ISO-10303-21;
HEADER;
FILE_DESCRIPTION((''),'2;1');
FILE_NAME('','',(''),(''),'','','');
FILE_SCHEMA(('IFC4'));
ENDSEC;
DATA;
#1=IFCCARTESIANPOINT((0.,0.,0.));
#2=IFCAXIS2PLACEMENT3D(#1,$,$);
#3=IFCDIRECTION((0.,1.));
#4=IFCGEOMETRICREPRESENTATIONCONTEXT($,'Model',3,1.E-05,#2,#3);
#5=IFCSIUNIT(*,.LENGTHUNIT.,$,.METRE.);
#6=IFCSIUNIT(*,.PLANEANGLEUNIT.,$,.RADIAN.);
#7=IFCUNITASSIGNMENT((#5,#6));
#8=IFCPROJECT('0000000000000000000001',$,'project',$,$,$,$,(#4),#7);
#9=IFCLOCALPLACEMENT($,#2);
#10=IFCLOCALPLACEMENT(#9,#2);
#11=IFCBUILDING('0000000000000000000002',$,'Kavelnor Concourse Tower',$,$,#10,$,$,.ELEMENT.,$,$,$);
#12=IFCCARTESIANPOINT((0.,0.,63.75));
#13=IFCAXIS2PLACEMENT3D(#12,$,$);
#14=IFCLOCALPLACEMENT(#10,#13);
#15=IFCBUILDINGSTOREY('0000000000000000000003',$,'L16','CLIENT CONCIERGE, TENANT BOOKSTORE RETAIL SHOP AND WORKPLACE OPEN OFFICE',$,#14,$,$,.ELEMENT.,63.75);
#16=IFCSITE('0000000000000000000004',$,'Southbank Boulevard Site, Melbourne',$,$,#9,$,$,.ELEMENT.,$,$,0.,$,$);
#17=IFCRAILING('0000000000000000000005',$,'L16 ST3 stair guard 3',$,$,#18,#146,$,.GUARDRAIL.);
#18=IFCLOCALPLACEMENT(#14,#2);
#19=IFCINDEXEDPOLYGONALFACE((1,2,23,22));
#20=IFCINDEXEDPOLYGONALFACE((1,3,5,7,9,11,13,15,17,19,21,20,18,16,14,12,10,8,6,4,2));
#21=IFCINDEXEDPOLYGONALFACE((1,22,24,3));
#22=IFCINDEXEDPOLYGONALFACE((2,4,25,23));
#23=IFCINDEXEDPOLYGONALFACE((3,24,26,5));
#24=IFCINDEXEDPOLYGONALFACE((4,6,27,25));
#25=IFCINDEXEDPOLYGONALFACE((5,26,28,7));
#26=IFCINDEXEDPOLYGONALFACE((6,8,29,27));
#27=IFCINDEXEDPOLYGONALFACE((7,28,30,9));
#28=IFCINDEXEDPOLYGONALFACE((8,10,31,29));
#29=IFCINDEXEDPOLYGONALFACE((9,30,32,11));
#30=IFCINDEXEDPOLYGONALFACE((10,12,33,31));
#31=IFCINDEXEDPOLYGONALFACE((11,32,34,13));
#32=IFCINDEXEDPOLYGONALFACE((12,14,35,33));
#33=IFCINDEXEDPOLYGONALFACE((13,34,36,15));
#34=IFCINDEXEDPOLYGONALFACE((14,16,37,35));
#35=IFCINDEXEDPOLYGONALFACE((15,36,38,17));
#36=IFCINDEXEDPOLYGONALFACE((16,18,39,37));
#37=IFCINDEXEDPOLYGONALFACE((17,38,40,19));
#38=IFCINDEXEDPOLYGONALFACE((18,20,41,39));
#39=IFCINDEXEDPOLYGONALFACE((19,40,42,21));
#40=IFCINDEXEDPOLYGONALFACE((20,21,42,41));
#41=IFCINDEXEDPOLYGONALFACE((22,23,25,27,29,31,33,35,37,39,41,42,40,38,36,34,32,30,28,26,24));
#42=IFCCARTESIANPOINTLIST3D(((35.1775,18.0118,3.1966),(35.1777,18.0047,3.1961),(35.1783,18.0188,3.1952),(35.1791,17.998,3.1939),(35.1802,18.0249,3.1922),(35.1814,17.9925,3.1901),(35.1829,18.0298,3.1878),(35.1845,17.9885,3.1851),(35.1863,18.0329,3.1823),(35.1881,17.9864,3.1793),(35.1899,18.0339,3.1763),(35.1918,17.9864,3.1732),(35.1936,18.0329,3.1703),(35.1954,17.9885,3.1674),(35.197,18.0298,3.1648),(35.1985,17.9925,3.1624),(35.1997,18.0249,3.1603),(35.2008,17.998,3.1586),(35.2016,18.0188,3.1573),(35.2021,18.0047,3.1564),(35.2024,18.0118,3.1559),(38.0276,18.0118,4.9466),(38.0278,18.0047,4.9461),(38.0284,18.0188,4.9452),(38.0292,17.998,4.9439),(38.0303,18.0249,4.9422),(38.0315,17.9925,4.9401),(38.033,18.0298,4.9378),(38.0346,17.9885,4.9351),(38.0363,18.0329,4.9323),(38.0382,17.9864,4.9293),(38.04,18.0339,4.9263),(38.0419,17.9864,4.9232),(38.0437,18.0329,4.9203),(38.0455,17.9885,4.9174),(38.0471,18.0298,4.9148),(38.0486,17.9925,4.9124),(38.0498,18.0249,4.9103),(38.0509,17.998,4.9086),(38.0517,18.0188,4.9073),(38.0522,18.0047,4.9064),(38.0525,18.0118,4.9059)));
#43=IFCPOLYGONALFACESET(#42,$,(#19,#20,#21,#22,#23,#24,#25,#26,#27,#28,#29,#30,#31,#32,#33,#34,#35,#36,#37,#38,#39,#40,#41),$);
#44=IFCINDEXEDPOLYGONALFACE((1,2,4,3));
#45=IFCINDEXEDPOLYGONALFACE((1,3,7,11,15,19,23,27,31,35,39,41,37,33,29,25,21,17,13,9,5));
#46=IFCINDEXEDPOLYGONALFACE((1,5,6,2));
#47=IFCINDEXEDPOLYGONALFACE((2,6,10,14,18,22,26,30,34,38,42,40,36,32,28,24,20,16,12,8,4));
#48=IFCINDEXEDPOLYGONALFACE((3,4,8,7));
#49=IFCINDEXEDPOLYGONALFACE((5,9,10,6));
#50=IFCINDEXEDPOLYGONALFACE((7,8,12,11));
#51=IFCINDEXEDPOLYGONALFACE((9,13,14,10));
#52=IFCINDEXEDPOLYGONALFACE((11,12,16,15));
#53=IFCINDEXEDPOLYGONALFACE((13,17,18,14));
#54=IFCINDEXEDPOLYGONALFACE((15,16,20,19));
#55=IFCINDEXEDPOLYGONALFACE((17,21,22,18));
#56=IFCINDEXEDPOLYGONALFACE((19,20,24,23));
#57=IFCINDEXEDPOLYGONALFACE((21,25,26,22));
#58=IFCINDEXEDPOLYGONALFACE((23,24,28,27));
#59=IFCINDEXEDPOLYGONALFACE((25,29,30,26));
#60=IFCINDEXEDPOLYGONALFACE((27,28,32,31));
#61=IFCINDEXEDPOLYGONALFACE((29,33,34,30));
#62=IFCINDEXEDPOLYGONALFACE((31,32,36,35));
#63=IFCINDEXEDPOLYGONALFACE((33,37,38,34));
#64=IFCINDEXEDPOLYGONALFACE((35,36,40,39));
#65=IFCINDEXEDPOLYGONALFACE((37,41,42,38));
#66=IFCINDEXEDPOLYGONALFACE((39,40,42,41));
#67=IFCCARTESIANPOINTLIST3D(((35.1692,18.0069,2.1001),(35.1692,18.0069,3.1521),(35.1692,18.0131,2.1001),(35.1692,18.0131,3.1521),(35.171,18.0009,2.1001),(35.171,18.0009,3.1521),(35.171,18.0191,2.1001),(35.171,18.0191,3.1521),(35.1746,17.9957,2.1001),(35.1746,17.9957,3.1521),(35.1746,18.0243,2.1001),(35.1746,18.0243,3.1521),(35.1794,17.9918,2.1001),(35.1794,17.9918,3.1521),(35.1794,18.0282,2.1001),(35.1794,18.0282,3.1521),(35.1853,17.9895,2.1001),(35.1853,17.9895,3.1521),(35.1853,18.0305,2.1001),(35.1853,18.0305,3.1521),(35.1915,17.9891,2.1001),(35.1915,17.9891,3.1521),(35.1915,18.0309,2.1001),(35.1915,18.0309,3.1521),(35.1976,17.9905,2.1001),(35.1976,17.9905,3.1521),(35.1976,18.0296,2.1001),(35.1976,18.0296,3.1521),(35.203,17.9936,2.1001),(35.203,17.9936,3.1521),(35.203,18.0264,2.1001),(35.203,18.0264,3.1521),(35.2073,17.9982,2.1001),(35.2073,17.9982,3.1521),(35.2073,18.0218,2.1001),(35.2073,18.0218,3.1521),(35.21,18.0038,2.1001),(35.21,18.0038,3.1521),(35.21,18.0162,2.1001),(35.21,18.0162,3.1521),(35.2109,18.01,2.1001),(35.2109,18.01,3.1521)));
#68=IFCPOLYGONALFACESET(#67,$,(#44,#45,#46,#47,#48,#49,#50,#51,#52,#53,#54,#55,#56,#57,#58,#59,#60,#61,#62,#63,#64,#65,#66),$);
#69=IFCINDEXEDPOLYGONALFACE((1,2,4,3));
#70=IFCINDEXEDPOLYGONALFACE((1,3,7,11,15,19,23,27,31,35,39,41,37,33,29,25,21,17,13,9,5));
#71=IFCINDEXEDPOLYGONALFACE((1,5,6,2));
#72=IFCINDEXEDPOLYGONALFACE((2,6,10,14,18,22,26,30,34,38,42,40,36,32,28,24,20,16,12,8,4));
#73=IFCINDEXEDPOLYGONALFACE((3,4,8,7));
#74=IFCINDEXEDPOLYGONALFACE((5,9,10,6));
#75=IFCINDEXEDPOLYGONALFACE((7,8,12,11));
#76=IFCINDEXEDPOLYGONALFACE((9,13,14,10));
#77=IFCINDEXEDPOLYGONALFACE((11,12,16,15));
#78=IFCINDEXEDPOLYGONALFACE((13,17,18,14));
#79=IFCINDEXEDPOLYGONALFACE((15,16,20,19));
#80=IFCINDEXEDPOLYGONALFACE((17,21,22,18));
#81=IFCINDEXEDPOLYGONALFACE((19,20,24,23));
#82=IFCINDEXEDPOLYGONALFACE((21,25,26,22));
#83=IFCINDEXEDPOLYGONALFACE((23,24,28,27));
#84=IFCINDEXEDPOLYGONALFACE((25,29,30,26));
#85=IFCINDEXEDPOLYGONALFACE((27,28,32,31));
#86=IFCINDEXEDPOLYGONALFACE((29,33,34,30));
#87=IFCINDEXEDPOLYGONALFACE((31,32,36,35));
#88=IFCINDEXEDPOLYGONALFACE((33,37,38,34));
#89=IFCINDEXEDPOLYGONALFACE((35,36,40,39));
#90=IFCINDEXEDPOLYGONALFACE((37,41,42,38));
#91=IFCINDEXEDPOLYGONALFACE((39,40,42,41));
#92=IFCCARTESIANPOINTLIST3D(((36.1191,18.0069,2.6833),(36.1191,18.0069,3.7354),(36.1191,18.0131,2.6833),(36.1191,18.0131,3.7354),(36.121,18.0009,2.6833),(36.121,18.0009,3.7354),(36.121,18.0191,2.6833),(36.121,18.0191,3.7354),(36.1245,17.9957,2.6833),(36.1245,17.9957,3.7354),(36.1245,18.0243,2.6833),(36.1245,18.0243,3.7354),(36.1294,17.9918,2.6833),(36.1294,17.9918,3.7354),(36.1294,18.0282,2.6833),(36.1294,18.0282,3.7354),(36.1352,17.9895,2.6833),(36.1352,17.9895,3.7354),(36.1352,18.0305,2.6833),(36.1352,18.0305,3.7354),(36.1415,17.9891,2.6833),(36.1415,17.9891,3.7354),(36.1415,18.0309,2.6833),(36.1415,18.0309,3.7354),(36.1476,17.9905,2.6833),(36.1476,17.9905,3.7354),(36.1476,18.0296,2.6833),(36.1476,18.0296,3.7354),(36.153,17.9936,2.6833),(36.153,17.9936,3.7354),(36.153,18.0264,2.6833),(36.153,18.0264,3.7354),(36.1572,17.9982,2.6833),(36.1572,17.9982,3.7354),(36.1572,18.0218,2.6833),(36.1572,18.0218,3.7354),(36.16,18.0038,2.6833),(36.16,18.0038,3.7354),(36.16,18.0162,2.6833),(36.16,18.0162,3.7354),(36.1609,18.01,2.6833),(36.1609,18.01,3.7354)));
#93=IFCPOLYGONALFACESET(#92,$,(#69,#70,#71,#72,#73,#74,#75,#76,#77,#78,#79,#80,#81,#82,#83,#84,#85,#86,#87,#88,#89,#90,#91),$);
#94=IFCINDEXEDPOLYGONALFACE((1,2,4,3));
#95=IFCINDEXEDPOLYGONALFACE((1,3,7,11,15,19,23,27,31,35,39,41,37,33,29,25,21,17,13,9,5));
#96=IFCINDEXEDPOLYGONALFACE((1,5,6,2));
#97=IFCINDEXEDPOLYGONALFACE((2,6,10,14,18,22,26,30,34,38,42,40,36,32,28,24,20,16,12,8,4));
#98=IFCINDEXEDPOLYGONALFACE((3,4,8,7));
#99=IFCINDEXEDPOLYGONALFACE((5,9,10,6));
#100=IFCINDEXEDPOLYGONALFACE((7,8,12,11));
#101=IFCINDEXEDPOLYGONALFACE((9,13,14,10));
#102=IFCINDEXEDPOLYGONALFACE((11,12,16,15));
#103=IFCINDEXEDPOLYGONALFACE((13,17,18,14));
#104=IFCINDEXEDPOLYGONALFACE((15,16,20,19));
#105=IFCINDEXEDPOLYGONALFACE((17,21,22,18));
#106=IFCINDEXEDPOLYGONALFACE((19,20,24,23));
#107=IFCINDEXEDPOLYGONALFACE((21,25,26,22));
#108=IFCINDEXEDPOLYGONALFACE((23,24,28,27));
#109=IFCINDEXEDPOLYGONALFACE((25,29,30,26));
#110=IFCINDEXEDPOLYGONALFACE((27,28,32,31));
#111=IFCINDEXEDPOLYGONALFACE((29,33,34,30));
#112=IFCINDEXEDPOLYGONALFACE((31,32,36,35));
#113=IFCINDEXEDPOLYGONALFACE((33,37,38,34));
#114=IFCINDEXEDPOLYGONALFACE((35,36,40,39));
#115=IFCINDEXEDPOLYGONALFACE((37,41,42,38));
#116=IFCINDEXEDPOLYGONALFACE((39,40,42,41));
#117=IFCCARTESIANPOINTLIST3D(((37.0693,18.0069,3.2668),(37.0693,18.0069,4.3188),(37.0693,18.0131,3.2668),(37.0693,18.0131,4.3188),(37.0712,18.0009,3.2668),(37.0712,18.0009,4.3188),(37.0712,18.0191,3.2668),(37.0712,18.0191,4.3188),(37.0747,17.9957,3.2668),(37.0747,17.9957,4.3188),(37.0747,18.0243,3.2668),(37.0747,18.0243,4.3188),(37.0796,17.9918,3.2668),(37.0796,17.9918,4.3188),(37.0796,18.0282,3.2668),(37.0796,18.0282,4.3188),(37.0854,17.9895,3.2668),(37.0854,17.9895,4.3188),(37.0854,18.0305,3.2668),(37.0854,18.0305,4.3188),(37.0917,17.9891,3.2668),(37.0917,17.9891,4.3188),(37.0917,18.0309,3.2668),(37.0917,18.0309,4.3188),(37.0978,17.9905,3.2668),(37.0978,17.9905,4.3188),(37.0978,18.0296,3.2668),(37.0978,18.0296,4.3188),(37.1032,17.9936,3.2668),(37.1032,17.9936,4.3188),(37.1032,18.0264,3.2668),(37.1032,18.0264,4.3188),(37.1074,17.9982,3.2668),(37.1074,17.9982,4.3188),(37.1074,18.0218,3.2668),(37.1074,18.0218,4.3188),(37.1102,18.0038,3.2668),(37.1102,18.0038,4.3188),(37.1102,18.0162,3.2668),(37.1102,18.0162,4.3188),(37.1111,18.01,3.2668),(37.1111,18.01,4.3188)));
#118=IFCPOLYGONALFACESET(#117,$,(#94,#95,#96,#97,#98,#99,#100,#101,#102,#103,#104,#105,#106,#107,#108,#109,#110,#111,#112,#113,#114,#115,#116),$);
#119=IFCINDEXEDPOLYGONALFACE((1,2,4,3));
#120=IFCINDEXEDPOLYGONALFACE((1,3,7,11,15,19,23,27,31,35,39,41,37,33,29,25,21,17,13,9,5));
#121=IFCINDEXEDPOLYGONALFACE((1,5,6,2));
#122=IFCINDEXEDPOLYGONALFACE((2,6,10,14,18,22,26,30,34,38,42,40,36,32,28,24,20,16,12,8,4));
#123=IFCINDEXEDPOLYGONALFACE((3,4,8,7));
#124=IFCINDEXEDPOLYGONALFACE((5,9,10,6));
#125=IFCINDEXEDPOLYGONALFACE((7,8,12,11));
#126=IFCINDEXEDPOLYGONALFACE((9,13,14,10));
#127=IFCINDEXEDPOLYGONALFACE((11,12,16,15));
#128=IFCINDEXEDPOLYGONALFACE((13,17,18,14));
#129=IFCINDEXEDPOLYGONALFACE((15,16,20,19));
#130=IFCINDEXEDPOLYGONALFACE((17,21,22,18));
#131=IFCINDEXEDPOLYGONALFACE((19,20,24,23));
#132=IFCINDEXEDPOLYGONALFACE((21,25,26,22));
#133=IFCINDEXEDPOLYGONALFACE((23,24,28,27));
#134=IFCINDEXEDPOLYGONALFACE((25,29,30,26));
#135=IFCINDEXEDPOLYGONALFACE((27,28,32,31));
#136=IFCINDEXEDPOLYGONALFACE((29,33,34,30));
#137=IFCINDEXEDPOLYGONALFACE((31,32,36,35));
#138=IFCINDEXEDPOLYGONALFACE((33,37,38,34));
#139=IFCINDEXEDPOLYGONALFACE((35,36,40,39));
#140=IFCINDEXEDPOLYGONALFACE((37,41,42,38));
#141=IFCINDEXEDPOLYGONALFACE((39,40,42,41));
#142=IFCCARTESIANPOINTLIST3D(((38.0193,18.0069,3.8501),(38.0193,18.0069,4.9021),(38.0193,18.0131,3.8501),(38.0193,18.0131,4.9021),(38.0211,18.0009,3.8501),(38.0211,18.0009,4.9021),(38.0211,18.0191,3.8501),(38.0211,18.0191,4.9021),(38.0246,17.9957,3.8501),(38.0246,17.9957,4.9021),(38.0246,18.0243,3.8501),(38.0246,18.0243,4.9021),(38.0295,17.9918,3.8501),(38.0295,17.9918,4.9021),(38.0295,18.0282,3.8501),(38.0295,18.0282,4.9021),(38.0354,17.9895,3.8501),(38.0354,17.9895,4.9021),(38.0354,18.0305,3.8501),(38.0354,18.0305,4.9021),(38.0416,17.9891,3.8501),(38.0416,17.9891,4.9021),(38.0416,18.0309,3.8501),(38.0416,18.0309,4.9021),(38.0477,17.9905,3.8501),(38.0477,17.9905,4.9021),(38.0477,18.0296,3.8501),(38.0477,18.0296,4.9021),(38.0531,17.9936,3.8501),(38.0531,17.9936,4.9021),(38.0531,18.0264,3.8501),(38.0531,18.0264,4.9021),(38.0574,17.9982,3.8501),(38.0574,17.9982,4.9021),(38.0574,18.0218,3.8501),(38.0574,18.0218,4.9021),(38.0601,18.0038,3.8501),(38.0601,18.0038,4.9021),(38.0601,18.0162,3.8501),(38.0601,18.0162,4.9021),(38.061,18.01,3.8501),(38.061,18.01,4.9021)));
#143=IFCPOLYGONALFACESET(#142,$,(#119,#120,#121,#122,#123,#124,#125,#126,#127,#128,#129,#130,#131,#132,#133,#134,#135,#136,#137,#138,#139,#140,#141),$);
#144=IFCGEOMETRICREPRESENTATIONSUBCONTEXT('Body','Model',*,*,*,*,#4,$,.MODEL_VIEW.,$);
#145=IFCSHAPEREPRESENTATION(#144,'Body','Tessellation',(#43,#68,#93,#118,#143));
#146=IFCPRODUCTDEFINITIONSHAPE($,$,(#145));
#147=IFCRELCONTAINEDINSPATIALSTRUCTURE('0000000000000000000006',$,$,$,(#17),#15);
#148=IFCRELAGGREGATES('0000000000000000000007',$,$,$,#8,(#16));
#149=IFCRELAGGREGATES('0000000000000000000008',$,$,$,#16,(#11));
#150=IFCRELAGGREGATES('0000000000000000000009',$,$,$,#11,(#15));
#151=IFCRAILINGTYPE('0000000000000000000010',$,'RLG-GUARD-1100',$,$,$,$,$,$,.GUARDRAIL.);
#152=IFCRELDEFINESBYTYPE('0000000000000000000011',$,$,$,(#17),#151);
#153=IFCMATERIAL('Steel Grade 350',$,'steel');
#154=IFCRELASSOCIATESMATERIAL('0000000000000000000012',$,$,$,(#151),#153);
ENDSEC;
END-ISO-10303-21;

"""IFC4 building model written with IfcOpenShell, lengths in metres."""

from ifc_helpers import new_model, si_unit, direction, frame, origin, origin_2d, place, context, subcontext, project, spatial, circle, extrude, material, type_object, element, save


model = new_model("IFC4")

# Units and contexts
model_context = context("Model", 3, precision=1e-05, world=origin(), true_north=direction((0.0, 1.0)))
body_context = subcontext(model_context, "Body", "Model", "MODEL_VIEW")
ifc_project = project(units=[si_unit("LENGTHUNIT", "METRE"), si_unit("PLANEANGLEUNIT", "RADIAN")], contexts=[model_context])

# Site, building, storey
site_placement = place(None, origin())
site = spatial("IfcSite", under=ifc_project, at=site_placement, Name="Southbank Boulevard Site, Melbourne", CompositionType="ELEMENT", RefElevation=0.0)
building_placement = place(site_placement, origin())
building = spatial("IfcBuilding", under=site, at=building_placement, Name="Kavelnor Concourse Tower", CompositionType="ELEMENT")
storey_placement = place(building_placement, frame((0.0, 0.0, 63.75)))
storey = spatial("IfcBuildingStorey", under=building, at=storey_placement, Name="L16", Description="CLIENT CONCIERGE, TENANT BOOKSTORE RETAIL SHOP AND WORKPLACE OPEN OFFICE", CompositionType="ELEMENT", Elevation=63.75)

# Shared definitions
ifc_material_1 = material(Name="Steel Grade 350", Category="steel")

# Railing
railing_type_1 = type_object("IfcRailingType", Name="RLG-GUARD-1100", PredefinedType="GUARDRAIL", material=ifc_material_1)
railing_1_placement = place(storey_placement, frame((35.1899, 18.01, 2.1001)))
element("IfcRailing", 1, at=railing_1_placement, inside=storey, type_object=railing_type_1, Name="L16 ST3 stair guard 3", PredefinedType="GUARDRAIL", context=body_context, shape_type="SweptSolid", body=[
    extrude(circle(Radius=0.0239, at=origin_2d()), frame((0.0, 0.0, 1.0762), z_axis=(0.852179, 0.0, 0.52325), x_axis=(0.0, 1.0, 0.0)), (0.0, 0.0, 1.0), 3.3445),
    extrude(circle(Radius=0.021, at=origin_2d()), origin(), (0.0, 0.0, 1.0), 1.052),
    extrude(circle(Radius=0.021, at=origin_2d()), frame((0.95, 0.0, 0.5833)), (0.0, 0.0, 1.0), 1.052),
    extrude(circle(Radius=0.021, at=origin_2d()), frame((1.9001, 0.0, 1.1667)), (0.0, 0.0, 1.0), 1.052),
    extrude(circle(Radius=0.021, at=origin_2d()), frame((2.8501, 0.0, 1.75)), (0.0, 0.0, 1.0), 1.052),
])

save(model, "model.ifc")
